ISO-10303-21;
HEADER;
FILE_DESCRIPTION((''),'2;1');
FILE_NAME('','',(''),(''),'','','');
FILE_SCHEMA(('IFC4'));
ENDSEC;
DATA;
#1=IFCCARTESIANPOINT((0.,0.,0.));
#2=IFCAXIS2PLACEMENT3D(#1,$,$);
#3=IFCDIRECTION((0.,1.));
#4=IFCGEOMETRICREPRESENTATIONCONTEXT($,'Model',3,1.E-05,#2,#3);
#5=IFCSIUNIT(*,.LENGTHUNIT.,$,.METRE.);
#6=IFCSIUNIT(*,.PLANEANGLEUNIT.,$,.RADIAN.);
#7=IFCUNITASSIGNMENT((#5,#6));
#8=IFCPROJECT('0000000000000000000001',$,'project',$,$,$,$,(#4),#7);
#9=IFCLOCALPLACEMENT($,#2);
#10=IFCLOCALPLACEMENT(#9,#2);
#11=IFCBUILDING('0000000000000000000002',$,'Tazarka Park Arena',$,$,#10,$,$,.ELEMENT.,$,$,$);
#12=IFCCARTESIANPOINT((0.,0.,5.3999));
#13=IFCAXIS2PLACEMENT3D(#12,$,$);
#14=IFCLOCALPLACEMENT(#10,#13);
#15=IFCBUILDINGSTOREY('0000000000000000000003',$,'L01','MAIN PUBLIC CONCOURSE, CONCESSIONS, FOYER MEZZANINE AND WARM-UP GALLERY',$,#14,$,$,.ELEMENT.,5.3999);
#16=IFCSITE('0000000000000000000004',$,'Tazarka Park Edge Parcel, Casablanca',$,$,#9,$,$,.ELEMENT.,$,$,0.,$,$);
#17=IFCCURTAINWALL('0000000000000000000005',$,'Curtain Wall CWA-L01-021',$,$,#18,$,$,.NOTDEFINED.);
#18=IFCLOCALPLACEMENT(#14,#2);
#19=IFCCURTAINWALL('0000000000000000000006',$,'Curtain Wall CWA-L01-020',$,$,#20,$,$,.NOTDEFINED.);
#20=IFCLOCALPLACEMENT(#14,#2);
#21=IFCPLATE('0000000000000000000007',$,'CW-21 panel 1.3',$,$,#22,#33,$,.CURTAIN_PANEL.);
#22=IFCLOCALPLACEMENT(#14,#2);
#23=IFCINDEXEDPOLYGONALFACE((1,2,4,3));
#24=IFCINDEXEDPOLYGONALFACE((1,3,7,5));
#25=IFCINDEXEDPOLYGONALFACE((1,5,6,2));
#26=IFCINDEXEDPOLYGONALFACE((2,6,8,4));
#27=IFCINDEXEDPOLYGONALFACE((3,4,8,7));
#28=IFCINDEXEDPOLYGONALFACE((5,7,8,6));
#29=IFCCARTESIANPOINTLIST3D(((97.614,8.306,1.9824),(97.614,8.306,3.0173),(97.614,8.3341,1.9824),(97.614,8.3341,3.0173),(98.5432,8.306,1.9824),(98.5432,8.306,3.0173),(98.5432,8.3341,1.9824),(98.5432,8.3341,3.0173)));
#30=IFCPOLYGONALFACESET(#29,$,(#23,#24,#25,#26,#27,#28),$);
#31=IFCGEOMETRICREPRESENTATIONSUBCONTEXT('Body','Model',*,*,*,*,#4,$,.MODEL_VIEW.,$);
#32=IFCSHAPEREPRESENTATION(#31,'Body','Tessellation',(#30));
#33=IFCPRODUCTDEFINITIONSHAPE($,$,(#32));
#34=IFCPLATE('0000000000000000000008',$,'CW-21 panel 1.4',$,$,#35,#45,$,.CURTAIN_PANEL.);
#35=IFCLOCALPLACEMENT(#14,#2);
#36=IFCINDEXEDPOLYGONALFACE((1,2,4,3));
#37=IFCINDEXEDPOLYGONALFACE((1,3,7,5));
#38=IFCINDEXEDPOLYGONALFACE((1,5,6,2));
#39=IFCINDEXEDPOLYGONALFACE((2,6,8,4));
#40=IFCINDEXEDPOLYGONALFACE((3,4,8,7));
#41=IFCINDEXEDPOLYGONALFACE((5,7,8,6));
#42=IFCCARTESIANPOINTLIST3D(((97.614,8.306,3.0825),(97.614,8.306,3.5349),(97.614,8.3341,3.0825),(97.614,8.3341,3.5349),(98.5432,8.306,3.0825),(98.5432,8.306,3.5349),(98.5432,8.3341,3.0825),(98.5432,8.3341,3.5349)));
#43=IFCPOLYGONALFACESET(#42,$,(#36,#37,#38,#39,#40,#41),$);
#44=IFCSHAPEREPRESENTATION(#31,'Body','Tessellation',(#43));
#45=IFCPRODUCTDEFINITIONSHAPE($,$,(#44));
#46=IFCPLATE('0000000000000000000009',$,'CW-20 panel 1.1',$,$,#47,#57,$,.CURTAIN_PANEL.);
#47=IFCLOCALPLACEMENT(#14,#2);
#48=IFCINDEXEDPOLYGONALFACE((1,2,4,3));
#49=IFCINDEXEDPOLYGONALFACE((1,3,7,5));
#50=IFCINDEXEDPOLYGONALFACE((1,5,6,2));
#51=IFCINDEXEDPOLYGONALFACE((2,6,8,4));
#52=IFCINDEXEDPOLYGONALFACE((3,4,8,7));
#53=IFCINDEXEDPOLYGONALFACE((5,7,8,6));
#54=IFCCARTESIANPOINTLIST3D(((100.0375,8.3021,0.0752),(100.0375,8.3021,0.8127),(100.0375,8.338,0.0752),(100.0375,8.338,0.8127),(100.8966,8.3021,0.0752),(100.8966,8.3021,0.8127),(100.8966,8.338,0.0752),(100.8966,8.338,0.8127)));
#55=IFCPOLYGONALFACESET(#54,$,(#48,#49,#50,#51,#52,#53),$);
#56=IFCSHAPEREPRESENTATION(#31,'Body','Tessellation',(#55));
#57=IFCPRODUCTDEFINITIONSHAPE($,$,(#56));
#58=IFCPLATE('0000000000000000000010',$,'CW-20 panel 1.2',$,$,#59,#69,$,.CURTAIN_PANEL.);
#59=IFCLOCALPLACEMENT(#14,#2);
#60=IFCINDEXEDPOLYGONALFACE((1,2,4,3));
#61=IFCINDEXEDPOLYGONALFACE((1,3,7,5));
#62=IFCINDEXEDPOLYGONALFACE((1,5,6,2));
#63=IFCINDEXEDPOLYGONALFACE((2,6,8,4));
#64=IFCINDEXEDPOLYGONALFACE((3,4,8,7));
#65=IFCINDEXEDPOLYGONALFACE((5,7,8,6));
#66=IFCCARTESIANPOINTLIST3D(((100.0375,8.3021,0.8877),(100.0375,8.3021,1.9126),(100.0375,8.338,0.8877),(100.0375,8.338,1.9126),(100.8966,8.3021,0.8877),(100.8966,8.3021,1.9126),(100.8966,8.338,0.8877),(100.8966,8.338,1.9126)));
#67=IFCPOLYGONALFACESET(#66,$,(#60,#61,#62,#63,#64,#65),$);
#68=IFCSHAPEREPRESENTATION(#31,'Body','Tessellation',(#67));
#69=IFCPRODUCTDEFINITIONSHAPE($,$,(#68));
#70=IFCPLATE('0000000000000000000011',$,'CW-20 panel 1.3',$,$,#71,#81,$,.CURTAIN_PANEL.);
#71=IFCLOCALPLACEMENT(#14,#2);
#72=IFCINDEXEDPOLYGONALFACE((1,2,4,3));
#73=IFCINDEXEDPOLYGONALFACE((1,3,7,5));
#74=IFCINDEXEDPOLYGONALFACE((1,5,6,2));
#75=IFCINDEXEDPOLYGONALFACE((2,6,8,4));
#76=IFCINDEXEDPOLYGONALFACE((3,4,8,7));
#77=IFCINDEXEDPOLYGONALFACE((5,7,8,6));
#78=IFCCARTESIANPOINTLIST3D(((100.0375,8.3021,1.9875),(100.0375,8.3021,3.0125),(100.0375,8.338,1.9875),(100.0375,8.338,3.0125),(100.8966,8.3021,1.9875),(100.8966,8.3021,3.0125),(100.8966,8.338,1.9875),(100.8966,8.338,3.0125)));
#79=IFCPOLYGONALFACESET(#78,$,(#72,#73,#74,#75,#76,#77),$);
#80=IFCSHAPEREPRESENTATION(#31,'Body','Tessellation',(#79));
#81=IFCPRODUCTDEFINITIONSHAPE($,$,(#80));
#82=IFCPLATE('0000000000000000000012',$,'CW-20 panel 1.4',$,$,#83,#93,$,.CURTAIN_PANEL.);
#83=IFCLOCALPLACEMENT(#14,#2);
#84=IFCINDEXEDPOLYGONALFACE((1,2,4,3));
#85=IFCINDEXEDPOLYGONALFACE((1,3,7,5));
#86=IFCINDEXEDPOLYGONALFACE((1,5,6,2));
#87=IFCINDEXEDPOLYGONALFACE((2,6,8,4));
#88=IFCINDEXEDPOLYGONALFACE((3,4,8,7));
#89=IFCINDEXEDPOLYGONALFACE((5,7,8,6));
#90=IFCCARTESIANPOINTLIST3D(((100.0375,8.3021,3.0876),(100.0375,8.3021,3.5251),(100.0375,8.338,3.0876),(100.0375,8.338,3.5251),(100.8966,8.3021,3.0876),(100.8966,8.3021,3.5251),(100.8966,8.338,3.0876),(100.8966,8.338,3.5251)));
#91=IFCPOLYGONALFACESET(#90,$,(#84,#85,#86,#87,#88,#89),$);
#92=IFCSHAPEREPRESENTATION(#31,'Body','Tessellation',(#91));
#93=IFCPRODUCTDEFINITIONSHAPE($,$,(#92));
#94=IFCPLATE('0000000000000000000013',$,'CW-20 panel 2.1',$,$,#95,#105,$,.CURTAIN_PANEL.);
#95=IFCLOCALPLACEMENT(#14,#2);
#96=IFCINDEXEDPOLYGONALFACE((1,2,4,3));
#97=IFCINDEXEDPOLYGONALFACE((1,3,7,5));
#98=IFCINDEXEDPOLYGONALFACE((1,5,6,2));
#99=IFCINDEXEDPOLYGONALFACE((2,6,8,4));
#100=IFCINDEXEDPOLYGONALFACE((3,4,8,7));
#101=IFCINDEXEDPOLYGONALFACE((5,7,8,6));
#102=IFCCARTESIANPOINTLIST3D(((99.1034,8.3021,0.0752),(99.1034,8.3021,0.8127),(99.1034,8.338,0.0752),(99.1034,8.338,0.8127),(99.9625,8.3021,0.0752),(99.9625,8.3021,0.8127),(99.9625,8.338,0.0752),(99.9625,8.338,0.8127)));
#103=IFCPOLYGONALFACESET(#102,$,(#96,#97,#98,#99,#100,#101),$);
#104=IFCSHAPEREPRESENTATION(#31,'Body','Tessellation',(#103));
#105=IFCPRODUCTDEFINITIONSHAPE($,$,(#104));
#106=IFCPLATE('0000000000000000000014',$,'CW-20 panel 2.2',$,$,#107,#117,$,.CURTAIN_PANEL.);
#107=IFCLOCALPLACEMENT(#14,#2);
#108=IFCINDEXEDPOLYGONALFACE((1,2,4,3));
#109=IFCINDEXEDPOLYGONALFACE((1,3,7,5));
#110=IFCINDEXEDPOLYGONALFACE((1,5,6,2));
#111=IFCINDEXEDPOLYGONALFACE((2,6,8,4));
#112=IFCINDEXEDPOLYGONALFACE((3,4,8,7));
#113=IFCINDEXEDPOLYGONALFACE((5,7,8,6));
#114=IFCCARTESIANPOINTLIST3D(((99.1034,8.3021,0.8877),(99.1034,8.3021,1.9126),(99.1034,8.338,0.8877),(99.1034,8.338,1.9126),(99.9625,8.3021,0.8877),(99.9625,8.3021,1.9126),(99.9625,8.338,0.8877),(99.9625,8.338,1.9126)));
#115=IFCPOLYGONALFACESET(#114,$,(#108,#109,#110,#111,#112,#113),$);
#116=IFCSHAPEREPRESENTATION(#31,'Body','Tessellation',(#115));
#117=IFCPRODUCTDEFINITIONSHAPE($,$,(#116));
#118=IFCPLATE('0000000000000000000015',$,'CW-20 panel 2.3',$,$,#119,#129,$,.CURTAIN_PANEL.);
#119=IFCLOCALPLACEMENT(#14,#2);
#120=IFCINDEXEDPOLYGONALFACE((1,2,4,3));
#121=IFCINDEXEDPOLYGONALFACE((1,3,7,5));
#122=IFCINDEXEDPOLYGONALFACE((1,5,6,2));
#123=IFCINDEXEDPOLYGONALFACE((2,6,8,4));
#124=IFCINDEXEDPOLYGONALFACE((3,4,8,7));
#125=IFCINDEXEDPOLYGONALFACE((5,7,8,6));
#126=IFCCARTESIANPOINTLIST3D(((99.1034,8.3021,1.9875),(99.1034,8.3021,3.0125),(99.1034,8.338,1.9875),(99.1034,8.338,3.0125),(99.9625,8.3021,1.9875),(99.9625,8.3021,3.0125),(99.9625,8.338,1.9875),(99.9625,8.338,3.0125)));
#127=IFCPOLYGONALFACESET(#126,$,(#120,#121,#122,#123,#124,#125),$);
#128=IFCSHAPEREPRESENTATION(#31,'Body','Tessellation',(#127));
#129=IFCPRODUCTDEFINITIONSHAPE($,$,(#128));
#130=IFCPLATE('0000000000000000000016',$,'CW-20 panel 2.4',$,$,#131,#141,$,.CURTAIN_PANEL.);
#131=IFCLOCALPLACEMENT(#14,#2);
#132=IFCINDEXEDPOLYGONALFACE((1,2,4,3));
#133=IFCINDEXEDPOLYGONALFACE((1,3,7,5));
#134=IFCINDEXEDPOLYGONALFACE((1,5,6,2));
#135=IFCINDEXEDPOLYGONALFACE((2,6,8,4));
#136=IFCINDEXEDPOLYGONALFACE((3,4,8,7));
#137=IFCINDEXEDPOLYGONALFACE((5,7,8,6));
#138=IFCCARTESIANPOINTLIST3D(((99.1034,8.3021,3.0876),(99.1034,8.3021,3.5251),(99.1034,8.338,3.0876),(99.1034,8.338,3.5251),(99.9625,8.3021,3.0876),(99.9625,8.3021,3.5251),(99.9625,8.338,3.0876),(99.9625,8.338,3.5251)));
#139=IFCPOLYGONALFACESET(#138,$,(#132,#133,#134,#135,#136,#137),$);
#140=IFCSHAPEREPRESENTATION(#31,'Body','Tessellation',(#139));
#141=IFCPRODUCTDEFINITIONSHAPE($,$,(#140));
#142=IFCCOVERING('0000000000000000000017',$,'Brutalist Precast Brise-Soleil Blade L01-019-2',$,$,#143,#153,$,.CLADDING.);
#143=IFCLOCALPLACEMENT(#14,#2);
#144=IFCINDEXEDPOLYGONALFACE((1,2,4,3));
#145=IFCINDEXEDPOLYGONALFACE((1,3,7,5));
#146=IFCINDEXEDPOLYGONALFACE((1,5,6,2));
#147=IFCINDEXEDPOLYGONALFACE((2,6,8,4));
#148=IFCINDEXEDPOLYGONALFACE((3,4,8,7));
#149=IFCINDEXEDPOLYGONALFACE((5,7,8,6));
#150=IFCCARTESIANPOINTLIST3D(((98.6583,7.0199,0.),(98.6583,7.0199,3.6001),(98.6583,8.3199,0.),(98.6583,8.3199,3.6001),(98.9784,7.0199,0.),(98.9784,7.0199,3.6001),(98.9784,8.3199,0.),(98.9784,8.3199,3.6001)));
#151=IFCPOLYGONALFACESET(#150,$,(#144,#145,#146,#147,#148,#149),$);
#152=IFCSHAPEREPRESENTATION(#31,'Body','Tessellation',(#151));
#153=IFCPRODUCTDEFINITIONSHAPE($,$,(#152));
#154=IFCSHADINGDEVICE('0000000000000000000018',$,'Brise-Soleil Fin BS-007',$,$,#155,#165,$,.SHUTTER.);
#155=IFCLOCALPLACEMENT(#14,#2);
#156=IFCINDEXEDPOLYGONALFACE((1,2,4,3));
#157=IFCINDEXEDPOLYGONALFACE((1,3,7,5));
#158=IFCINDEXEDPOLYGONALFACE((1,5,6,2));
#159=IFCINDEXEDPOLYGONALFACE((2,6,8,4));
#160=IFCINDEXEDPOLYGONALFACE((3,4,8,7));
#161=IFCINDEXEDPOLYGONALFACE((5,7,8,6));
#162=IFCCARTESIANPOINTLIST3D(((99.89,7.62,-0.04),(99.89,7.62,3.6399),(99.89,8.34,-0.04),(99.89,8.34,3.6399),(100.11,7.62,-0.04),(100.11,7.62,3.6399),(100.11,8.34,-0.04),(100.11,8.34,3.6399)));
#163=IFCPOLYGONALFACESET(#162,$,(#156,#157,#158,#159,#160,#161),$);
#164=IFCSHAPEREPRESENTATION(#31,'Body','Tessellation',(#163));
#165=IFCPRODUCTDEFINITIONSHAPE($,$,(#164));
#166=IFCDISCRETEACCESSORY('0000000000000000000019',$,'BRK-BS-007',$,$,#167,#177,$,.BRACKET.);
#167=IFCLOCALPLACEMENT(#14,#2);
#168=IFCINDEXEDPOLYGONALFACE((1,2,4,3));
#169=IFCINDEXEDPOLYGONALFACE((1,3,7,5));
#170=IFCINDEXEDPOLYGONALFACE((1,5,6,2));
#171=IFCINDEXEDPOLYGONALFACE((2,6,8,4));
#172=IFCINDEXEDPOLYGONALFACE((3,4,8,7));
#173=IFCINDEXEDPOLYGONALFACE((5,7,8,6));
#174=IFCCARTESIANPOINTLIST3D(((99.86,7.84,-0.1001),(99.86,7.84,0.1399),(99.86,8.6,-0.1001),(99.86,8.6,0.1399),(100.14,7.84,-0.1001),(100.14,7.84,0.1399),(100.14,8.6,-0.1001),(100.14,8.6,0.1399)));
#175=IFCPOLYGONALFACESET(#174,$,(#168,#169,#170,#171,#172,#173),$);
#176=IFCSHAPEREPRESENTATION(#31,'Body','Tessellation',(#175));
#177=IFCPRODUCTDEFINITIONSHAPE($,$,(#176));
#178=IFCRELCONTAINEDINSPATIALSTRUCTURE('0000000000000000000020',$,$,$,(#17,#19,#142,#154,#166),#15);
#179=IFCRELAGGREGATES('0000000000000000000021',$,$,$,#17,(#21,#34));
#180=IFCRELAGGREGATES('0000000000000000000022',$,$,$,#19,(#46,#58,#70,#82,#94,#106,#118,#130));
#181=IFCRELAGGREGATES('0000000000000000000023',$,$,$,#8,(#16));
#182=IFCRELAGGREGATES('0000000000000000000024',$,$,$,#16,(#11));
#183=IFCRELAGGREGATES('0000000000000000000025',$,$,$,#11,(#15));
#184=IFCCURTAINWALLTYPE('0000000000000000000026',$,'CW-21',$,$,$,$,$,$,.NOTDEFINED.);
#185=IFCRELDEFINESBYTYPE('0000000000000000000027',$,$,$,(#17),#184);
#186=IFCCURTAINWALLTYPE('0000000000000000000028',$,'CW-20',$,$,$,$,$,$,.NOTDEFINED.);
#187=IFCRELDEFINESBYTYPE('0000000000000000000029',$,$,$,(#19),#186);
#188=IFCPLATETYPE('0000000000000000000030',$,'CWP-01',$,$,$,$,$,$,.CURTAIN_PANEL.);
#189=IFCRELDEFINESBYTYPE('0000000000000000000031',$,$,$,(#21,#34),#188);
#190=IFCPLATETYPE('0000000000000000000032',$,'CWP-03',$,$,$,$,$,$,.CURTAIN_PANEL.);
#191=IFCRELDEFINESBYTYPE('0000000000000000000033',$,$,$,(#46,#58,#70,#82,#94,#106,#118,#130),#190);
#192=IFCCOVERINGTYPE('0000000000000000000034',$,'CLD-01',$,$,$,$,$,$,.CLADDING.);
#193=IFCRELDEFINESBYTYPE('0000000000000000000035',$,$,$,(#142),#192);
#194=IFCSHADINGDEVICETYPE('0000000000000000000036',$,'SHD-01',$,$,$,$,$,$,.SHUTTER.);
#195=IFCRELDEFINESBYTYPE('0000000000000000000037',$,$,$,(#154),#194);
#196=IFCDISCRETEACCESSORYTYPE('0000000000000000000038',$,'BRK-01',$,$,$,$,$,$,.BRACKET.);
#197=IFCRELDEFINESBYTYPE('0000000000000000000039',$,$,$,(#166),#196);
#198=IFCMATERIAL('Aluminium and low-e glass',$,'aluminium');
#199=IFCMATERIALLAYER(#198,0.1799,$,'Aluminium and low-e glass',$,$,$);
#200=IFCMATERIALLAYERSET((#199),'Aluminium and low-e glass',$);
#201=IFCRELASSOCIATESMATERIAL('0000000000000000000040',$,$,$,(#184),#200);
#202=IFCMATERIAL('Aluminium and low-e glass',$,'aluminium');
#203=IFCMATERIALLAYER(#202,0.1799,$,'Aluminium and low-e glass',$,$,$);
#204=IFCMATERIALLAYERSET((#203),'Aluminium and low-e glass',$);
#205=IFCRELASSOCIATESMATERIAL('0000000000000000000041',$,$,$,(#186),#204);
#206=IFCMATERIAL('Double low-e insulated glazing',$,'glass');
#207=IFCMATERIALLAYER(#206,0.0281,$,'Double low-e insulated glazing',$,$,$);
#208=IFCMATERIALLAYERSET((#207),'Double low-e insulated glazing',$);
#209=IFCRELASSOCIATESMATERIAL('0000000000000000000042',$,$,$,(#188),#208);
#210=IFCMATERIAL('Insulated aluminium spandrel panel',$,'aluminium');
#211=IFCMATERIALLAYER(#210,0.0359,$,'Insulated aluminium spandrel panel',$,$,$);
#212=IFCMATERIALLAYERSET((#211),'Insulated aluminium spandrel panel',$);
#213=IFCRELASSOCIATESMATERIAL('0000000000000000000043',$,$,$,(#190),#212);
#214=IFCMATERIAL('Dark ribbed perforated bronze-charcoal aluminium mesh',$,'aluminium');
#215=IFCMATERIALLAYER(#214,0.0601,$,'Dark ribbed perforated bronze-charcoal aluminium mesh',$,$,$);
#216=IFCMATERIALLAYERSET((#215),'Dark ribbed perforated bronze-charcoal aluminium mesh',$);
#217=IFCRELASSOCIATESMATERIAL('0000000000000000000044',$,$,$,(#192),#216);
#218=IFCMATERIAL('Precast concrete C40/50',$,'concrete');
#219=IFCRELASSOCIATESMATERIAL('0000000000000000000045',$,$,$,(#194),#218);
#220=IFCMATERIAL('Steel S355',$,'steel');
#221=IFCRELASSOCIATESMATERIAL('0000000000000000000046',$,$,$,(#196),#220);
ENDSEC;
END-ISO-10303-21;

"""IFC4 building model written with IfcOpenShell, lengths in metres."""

from ifc_helpers import new_model, si_unit, direction, frame, origin, origin_2d, place, context, subcontext, project, spatial, rectangle, extrude, material, layer, layer_set, type_object, element, aggregate, save


model = new_model("IFC4")

# Units and contexts
model_context = context("Model", 3, precision=1e-05, world=origin(), true_north=direction((0.0, 1.0)))
body_context = subcontext(model_context, "Body", "Model", "MODEL_VIEW")
ifc_project = project(units=[si_unit("LENGTHUNIT", "METRE"), si_unit("PLANEANGLEUNIT", "RADIAN")], contexts=[model_context])

# Site, building, storey
site_placement = place(None, origin())
site = spatial("IfcSite", under=ifc_project, at=site_placement, Name="Tazarka Park Edge Parcel, Casablanca", CompositionType="ELEMENT", RefElevation=0.0)
building_placement = place(site_placement, origin())
building = spatial("IfcBuilding", under=site, at=building_placement, Name="Tazarka Park Arena", CompositionType="ELEMENT")
storey_placement = place(building_placement, frame((0.0, 0.0, 5.3999)))
storey = spatial("IfcBuildingStorey", under=building, at=storey_placement, Name="L01", Description="MAIN PUBLIC CONCOURSE, CONCESSIONS, FOYER MEZZANINE AND WARM-UP GALLERY", CompositionType="ELEMENT", Elevation=5.3999)

# Curtain wall
ifc_material_1 = material(Name="Aluminium and low-e glass", Category="aluminium")
ifc_layer_1 = layer(ifc_material_1, 0.1799, Name="Aluminium and low-e glass")
ifc_layer_set_1 = layer_set([ifc_layer_1], Name="Aluminium and low-e glass")
curtain_wall_type_1 = type_object("IfcCurtainWallType", Name="CW-21", PredefinedType="NOTDEFINED", material=ifc_layer_set_1)
curtain_wall_1_placement = place(storey_placement, origin())
curtain_wall_1 = element("IfcCurtainWall", 1, at=curtain_wall_1_placement, inside=storey, type_object=curtain_wall_type_1, Name="Curtain Wall CWA-L01-021", PredefinedType="NOTDEFINED")

# Curtain wall
ifc_material_2 = material(Name="Aluminium and low-e glass", Category="aluminium")
ifc_layer_2 = layer(ifc_material_2, 0.1799, Name="Aluminium and low-e glass")
ifc_layer_set_2 = layer_set([ifc_layer_2], Name="Aluminium and low-e glass")
curtain_wall_type_2 = type_object("IfcCurtainWallType", Name="CW-20", PredefinedType="NOTDEFINED", material=ifc_layer_set_2)
curtain_wall_2_placement = place(storey_placement, origin())
curtain_wall_2 = element("IfcCurtainWall", 2, at=curtain_wall_2_placement, inside=storey, type_object=curtain_wall_type_2, Name="Curtain Wall CWA-L01-020", PredefinedType="NOTDEFINED")

# Plates
ifc_material_3 = material(Name="Double low-e insulated glazing", Category="glass")
ifc_layer_3 = layer(ifc_material_3, 0.0281, Name="Double low-e insulated glazing")
ifc_layer_set_3 = layer_set([ifc_layer_3], Name="Double low-e insulated glazing")
plate_type_1 = type_object("IfcPlateType", Name="CWP-01", PredefinedType="CURTAIN_PANEL", material=ifc_layer_set_3)
plate_1_placement = place(storey_placement, frame((98.0786, 8.3201, 1.9824), z_axis=(0.0, 0.0, 1.0), x_axis=(-1.0, 0.0, 0.0)))
plate_1 = element("IfcPlate", 3, at=plate_1_placement, type_object=plate_type_1, Name="CW-21 panel 1.3", PredefinedType="CURTAIN_PANEL", context=body_context, shape_type="SweptSolid", body=[
    extrude(rectangle(XDim=0.9292, YDim=0.0281, at=origin_2d()), origin(), (0.0, 0.0, 1.0), 1.0349),
])
plate_2_placement = place(storey_placement, frame((98.0786, 8.3201, 3.0825), z_axis=(0.0, 0.0, 1.0), x_axis=(-1.0, 0.0, 0.0)))
plate_2 = element("IfcPlate", 4, at=plate_2_placement, type_object=plate_type_1, Name="CW-21 panel 1.4", PredefinedType="CURTAIN_PANEL", context=body_context, shape_type="SweptSolid", body=[
    extrude(rectangle(XDim=0.9292, YDim=0.0281, at=origin_2d()), origin(), (0.0, 0.0, 1.0), 0.4524),
])
aggregate(curtain_wall_1, [plate_1, plate_2])
ifc_material_4 = material(Name="Insulated aluminium spandrel panel", Category="aluminium")
ifc_layer_4 = layer(ifc_material_4, 0.0359, Name="Insulated aluminium spandrel panel")
ifc_layer_set_4 = layer_set([ifc_layer_4], Name="Insulated aluminium spandrel panel")
plate_type_2 = type_object("IfcPlateType", Name="CWP-03", PredefinedType="CURTAIN_PANEL", material=ifc_layer_set_4)
plate_3_placement = place(storey_placement, frame((100.467, 8.3201, 0.0752), z_axis=(0.0, 0.0, 1.0), x_axis=(-1.0, 0.0, 0.0)))
plate_3 = element("IfcPlate", 5, at=plate_3_placement, type_object=plate_type_2, Name="CW-20 panel 1.1", PredefinedType="CURTAIN_PANEL", context=body_context, shape_type="SweptSolid", body=[
    extrude(rectangle(XDim=0.8591, YDim=0.0359, at=origin_2d()), origin(), (0.0, 0.0, 1.0), 0.7375),
])
plate_4_placement = place(storey_placement, frame((100.467, 8.3201, 0.8877), z_axis=(0.0, 0.0, 1.0), x_axis=(-1.0, 0.0, 0.0)))
plate_4 = element("IfcPlate", 6, at=plate_4_placement, type_object=plate_type_2, Name="CW-20 panel 1.2", PredefinedType="CURTAIN_PANEL", context=body_context, shape_type="SweptSolid", body=[
    extrude(rectangle(XDim=0.8591, YDim=0.0359, at=origin_2d()), origin(), (0.0, 0.0, 1.0), 1.0249),
])
plate_5_placement = place(storey_placement, frame((100.467, 8.3201, 1.9875), z_axis=(0.0, 0.0, 1.0), x_axis=(-1.0, 0.0, 0.0)))
plate_5 = element("IfcPlate", 7, at=plate_5_placement, type_object=plate_type_2, Name="CW-20 panel 1.3", PredefinedType="CURTAIN_PANEL", context=body_context, shape_type="SweptSolid", body=[
    extrude(rectangle(XDim=0.8591, YDim=0.0359, at=origin_2d()), origin(), (0.0, 0.0, 1.0), 1.0249),
])
plate_6_placement = place(storey_placement, frame((100.467, 8.3201, 3.0876), z_axis=(0.0, 0.0, 1.0), x_axis=(-1.0, 0.0, 0.0)))
plate_6 = element("IfcPlate", 8, at=plate_6_placement, type_object=plate_type_2, Name="CW-20 panel 1.4", PredefinedType="CURTAIN_PANEL", context=body_context, shape_type="SweptSolid", body=[
    extrude(rectangle(XDim=0.8591, YDim=0.0359, at=origin_2d()), origin(), (0.0, 0.0, 1.0), 0.4375),
])
plate_7_placement = place(storey_placement, frame((99.533, 8.3201, 0.0752), z_axis=(0.0, 0.0, 1.0), x_axis=(-1.0, 0.0, 0.0)))
plate_7 = element("IfcPlate", 9, at=plate_7_placement, type_object=plate_type_2, Name="CW-20 panel 2.1", PredefinedType="CURTAIN_PANEL", context=body_context, shape_type="SweptSolid", body=[
    extrude(rectangle(XDim=0.8591, YDim=0.0359, at=origin_2d()), origin(), (0.0, 0.0, 1.0), 0.7375),
])
plate_8_placement = place(storey_placement, frame((99.533, 8.3201, 0.8877), z_axis=(0.0, 0.0, 1.0), x_axis=(-1.0, 0.0, 0.0)))
plate_8 = element("IfcPlate", 10, at=plate_8_placement, type_object=plate_type_2, Name="CW-20 panel 2.2", PredefinedType="CURTAIN_PANEL", context=body_context, shape_type="SweptSolid", body=[
    extrude(rectangle(XDim=0.8591, YDim=0.0359, at=origin_2d()), origin(), (0.0, 0.0, 1.0), 1.0249),
])
plate_9_placement = place(storey_placement, frame((99.533, 8.3201, 1.9875), z_axis=(0.0, 0.0, 1.0), x_axis=(-1.0, 0.0, 0.0)))
plate_9 = element("IfcPlate", 11, at=plate_9_placement, type_object=plate_type_2, Name="CW-20 panel 2.3", PredefinedType="CURTAIN_PANEL", context=body_context, shape_type="SweptSolid", body=[
    extrude(rectangle(XDim=0.8591, YDim=0.0359, at=origin_2d()), origin(), (0.0, 0.0, 1.0), 1.0249),
])
plate_10_placement = place(storey_placement, frame((99.533, 8.3201, 3.0876), z_axis=(0.0, 0.0, 1.0), x_axis=(-1.0, 0.0, 0.0)))
plate_10 = element("IfcPlate", 12, at=plate_10_placement, type_object=plate_type_2, Name="CW-20 panel 2.4", PredefinedType="CURTAIN_PANEL", context=body_context, shape_type="SweptSolid", body=[
    extrude(rectangle(XDim=0.8591, YDim=0.0359, at=origin_2d()), origin(), (0.0, 0.0, 1.0), 0.4375),
])
aggregate(curtain_wall_2, [plate_3, plate_4, plate_5, plate_6, plate_7, plate_8, plate_9, plate_10])

# Covering
ifc_material_5 = material(Name="Dark ribbed perforated bronze-charcoal aluminium mesh", Category="aluminium")
ifc_layer_5 = layer(ifc_material_5, 0.0601, Name="Dark ribbed perforated bronze-charcoal aluminium mesh")
ifc_layer_set_5 = layer_set([ifc_layer_5], Name="Dark ribbed perforated bronze-charcoal aluminium mesh")
covering_type = type_object("IfcCoveringType", Name="CLD-01", PredefinedType="CLADDING", material=ifc_layer_set_5)
covering_placement = place(storey_placement, frame((98.8184, 7.6699, 0.0), z_axis=(0.0, 0.0, 1.0), x_axis=(-1.0, 0.0, 0.0)))
element("IfcCovering", 13, at=covering_placement, inside=storey, type_object=covering_type, Name="Brutalist Precast Brise-Soleil Blade L01-019-2", PredefinedType="CLADDING", context=body_context, shape_type="SweptSolid", body=[
    extrude(rectangle(XDim=0.3201, YDim=1.3, at=origin_2d()), origin(), (0.0, 0.0, 1.0), 3.6001),
])

# Shading device
ifc_material_6 = material(Name="Precast concrete C40/50", Category="concrete")
shading_device_type = type_object("IfcShadingDeviceType", Name="SHD-01", PredefinedType="SHUTTER", material=ifc_material_6)
shading_device_placement = place(storey_placement, frame((100.0, 7.98, -0.04), z_axis=(0.0, 0.0, 1.0), x_axis=(-1.0, 0.0, 0.0)))
element("IfcShadingDevice", 14, at=shading_device_placement, inside=storey, type_object=shading_device_type, Name="Brise-Soleil Fin BS-007", PredefinedType="SHUTTER", context=body_context, shape_type="SweptSolid", body=[
    extrude(rectangle(XDim=0.22, YDim=0.72, at=origin_2d()), origin(), (0.0, 0.0, 1.0), 3.6799),
])

# Discrete accessory
ifc_material_7 = material(Name="Steel S355", Category="steel")
discrete_accessory_type = type_object("IfcDiscreteAccessoryType", Name="BRK-01", PredefinedType="BRACKET", material=ifc_material_7)
discrete_accessory_placement = place(storey_placement, frame((100.0, 8.22, -0.1001), z_axis=(0.0, 0.0, 1.0), x_axis=(-1.0, 0.0, 0.0)))
element("IfcDiscreteAccessory", 15, at=discrete_accessory_placement, inside=storey, type_object=discrete_accessory_type, Name="BRK-BS-007", PredefinedType="BRACKET", context=body_context, shape_type="SweptSolid", body=[
    extrude(rectangle(XDim=0.28, YDim=0.76, at=origin_2d()), origin(), (0.0, 0.0, 1.0), 0.24),
])

save(model, "model.ifc")
